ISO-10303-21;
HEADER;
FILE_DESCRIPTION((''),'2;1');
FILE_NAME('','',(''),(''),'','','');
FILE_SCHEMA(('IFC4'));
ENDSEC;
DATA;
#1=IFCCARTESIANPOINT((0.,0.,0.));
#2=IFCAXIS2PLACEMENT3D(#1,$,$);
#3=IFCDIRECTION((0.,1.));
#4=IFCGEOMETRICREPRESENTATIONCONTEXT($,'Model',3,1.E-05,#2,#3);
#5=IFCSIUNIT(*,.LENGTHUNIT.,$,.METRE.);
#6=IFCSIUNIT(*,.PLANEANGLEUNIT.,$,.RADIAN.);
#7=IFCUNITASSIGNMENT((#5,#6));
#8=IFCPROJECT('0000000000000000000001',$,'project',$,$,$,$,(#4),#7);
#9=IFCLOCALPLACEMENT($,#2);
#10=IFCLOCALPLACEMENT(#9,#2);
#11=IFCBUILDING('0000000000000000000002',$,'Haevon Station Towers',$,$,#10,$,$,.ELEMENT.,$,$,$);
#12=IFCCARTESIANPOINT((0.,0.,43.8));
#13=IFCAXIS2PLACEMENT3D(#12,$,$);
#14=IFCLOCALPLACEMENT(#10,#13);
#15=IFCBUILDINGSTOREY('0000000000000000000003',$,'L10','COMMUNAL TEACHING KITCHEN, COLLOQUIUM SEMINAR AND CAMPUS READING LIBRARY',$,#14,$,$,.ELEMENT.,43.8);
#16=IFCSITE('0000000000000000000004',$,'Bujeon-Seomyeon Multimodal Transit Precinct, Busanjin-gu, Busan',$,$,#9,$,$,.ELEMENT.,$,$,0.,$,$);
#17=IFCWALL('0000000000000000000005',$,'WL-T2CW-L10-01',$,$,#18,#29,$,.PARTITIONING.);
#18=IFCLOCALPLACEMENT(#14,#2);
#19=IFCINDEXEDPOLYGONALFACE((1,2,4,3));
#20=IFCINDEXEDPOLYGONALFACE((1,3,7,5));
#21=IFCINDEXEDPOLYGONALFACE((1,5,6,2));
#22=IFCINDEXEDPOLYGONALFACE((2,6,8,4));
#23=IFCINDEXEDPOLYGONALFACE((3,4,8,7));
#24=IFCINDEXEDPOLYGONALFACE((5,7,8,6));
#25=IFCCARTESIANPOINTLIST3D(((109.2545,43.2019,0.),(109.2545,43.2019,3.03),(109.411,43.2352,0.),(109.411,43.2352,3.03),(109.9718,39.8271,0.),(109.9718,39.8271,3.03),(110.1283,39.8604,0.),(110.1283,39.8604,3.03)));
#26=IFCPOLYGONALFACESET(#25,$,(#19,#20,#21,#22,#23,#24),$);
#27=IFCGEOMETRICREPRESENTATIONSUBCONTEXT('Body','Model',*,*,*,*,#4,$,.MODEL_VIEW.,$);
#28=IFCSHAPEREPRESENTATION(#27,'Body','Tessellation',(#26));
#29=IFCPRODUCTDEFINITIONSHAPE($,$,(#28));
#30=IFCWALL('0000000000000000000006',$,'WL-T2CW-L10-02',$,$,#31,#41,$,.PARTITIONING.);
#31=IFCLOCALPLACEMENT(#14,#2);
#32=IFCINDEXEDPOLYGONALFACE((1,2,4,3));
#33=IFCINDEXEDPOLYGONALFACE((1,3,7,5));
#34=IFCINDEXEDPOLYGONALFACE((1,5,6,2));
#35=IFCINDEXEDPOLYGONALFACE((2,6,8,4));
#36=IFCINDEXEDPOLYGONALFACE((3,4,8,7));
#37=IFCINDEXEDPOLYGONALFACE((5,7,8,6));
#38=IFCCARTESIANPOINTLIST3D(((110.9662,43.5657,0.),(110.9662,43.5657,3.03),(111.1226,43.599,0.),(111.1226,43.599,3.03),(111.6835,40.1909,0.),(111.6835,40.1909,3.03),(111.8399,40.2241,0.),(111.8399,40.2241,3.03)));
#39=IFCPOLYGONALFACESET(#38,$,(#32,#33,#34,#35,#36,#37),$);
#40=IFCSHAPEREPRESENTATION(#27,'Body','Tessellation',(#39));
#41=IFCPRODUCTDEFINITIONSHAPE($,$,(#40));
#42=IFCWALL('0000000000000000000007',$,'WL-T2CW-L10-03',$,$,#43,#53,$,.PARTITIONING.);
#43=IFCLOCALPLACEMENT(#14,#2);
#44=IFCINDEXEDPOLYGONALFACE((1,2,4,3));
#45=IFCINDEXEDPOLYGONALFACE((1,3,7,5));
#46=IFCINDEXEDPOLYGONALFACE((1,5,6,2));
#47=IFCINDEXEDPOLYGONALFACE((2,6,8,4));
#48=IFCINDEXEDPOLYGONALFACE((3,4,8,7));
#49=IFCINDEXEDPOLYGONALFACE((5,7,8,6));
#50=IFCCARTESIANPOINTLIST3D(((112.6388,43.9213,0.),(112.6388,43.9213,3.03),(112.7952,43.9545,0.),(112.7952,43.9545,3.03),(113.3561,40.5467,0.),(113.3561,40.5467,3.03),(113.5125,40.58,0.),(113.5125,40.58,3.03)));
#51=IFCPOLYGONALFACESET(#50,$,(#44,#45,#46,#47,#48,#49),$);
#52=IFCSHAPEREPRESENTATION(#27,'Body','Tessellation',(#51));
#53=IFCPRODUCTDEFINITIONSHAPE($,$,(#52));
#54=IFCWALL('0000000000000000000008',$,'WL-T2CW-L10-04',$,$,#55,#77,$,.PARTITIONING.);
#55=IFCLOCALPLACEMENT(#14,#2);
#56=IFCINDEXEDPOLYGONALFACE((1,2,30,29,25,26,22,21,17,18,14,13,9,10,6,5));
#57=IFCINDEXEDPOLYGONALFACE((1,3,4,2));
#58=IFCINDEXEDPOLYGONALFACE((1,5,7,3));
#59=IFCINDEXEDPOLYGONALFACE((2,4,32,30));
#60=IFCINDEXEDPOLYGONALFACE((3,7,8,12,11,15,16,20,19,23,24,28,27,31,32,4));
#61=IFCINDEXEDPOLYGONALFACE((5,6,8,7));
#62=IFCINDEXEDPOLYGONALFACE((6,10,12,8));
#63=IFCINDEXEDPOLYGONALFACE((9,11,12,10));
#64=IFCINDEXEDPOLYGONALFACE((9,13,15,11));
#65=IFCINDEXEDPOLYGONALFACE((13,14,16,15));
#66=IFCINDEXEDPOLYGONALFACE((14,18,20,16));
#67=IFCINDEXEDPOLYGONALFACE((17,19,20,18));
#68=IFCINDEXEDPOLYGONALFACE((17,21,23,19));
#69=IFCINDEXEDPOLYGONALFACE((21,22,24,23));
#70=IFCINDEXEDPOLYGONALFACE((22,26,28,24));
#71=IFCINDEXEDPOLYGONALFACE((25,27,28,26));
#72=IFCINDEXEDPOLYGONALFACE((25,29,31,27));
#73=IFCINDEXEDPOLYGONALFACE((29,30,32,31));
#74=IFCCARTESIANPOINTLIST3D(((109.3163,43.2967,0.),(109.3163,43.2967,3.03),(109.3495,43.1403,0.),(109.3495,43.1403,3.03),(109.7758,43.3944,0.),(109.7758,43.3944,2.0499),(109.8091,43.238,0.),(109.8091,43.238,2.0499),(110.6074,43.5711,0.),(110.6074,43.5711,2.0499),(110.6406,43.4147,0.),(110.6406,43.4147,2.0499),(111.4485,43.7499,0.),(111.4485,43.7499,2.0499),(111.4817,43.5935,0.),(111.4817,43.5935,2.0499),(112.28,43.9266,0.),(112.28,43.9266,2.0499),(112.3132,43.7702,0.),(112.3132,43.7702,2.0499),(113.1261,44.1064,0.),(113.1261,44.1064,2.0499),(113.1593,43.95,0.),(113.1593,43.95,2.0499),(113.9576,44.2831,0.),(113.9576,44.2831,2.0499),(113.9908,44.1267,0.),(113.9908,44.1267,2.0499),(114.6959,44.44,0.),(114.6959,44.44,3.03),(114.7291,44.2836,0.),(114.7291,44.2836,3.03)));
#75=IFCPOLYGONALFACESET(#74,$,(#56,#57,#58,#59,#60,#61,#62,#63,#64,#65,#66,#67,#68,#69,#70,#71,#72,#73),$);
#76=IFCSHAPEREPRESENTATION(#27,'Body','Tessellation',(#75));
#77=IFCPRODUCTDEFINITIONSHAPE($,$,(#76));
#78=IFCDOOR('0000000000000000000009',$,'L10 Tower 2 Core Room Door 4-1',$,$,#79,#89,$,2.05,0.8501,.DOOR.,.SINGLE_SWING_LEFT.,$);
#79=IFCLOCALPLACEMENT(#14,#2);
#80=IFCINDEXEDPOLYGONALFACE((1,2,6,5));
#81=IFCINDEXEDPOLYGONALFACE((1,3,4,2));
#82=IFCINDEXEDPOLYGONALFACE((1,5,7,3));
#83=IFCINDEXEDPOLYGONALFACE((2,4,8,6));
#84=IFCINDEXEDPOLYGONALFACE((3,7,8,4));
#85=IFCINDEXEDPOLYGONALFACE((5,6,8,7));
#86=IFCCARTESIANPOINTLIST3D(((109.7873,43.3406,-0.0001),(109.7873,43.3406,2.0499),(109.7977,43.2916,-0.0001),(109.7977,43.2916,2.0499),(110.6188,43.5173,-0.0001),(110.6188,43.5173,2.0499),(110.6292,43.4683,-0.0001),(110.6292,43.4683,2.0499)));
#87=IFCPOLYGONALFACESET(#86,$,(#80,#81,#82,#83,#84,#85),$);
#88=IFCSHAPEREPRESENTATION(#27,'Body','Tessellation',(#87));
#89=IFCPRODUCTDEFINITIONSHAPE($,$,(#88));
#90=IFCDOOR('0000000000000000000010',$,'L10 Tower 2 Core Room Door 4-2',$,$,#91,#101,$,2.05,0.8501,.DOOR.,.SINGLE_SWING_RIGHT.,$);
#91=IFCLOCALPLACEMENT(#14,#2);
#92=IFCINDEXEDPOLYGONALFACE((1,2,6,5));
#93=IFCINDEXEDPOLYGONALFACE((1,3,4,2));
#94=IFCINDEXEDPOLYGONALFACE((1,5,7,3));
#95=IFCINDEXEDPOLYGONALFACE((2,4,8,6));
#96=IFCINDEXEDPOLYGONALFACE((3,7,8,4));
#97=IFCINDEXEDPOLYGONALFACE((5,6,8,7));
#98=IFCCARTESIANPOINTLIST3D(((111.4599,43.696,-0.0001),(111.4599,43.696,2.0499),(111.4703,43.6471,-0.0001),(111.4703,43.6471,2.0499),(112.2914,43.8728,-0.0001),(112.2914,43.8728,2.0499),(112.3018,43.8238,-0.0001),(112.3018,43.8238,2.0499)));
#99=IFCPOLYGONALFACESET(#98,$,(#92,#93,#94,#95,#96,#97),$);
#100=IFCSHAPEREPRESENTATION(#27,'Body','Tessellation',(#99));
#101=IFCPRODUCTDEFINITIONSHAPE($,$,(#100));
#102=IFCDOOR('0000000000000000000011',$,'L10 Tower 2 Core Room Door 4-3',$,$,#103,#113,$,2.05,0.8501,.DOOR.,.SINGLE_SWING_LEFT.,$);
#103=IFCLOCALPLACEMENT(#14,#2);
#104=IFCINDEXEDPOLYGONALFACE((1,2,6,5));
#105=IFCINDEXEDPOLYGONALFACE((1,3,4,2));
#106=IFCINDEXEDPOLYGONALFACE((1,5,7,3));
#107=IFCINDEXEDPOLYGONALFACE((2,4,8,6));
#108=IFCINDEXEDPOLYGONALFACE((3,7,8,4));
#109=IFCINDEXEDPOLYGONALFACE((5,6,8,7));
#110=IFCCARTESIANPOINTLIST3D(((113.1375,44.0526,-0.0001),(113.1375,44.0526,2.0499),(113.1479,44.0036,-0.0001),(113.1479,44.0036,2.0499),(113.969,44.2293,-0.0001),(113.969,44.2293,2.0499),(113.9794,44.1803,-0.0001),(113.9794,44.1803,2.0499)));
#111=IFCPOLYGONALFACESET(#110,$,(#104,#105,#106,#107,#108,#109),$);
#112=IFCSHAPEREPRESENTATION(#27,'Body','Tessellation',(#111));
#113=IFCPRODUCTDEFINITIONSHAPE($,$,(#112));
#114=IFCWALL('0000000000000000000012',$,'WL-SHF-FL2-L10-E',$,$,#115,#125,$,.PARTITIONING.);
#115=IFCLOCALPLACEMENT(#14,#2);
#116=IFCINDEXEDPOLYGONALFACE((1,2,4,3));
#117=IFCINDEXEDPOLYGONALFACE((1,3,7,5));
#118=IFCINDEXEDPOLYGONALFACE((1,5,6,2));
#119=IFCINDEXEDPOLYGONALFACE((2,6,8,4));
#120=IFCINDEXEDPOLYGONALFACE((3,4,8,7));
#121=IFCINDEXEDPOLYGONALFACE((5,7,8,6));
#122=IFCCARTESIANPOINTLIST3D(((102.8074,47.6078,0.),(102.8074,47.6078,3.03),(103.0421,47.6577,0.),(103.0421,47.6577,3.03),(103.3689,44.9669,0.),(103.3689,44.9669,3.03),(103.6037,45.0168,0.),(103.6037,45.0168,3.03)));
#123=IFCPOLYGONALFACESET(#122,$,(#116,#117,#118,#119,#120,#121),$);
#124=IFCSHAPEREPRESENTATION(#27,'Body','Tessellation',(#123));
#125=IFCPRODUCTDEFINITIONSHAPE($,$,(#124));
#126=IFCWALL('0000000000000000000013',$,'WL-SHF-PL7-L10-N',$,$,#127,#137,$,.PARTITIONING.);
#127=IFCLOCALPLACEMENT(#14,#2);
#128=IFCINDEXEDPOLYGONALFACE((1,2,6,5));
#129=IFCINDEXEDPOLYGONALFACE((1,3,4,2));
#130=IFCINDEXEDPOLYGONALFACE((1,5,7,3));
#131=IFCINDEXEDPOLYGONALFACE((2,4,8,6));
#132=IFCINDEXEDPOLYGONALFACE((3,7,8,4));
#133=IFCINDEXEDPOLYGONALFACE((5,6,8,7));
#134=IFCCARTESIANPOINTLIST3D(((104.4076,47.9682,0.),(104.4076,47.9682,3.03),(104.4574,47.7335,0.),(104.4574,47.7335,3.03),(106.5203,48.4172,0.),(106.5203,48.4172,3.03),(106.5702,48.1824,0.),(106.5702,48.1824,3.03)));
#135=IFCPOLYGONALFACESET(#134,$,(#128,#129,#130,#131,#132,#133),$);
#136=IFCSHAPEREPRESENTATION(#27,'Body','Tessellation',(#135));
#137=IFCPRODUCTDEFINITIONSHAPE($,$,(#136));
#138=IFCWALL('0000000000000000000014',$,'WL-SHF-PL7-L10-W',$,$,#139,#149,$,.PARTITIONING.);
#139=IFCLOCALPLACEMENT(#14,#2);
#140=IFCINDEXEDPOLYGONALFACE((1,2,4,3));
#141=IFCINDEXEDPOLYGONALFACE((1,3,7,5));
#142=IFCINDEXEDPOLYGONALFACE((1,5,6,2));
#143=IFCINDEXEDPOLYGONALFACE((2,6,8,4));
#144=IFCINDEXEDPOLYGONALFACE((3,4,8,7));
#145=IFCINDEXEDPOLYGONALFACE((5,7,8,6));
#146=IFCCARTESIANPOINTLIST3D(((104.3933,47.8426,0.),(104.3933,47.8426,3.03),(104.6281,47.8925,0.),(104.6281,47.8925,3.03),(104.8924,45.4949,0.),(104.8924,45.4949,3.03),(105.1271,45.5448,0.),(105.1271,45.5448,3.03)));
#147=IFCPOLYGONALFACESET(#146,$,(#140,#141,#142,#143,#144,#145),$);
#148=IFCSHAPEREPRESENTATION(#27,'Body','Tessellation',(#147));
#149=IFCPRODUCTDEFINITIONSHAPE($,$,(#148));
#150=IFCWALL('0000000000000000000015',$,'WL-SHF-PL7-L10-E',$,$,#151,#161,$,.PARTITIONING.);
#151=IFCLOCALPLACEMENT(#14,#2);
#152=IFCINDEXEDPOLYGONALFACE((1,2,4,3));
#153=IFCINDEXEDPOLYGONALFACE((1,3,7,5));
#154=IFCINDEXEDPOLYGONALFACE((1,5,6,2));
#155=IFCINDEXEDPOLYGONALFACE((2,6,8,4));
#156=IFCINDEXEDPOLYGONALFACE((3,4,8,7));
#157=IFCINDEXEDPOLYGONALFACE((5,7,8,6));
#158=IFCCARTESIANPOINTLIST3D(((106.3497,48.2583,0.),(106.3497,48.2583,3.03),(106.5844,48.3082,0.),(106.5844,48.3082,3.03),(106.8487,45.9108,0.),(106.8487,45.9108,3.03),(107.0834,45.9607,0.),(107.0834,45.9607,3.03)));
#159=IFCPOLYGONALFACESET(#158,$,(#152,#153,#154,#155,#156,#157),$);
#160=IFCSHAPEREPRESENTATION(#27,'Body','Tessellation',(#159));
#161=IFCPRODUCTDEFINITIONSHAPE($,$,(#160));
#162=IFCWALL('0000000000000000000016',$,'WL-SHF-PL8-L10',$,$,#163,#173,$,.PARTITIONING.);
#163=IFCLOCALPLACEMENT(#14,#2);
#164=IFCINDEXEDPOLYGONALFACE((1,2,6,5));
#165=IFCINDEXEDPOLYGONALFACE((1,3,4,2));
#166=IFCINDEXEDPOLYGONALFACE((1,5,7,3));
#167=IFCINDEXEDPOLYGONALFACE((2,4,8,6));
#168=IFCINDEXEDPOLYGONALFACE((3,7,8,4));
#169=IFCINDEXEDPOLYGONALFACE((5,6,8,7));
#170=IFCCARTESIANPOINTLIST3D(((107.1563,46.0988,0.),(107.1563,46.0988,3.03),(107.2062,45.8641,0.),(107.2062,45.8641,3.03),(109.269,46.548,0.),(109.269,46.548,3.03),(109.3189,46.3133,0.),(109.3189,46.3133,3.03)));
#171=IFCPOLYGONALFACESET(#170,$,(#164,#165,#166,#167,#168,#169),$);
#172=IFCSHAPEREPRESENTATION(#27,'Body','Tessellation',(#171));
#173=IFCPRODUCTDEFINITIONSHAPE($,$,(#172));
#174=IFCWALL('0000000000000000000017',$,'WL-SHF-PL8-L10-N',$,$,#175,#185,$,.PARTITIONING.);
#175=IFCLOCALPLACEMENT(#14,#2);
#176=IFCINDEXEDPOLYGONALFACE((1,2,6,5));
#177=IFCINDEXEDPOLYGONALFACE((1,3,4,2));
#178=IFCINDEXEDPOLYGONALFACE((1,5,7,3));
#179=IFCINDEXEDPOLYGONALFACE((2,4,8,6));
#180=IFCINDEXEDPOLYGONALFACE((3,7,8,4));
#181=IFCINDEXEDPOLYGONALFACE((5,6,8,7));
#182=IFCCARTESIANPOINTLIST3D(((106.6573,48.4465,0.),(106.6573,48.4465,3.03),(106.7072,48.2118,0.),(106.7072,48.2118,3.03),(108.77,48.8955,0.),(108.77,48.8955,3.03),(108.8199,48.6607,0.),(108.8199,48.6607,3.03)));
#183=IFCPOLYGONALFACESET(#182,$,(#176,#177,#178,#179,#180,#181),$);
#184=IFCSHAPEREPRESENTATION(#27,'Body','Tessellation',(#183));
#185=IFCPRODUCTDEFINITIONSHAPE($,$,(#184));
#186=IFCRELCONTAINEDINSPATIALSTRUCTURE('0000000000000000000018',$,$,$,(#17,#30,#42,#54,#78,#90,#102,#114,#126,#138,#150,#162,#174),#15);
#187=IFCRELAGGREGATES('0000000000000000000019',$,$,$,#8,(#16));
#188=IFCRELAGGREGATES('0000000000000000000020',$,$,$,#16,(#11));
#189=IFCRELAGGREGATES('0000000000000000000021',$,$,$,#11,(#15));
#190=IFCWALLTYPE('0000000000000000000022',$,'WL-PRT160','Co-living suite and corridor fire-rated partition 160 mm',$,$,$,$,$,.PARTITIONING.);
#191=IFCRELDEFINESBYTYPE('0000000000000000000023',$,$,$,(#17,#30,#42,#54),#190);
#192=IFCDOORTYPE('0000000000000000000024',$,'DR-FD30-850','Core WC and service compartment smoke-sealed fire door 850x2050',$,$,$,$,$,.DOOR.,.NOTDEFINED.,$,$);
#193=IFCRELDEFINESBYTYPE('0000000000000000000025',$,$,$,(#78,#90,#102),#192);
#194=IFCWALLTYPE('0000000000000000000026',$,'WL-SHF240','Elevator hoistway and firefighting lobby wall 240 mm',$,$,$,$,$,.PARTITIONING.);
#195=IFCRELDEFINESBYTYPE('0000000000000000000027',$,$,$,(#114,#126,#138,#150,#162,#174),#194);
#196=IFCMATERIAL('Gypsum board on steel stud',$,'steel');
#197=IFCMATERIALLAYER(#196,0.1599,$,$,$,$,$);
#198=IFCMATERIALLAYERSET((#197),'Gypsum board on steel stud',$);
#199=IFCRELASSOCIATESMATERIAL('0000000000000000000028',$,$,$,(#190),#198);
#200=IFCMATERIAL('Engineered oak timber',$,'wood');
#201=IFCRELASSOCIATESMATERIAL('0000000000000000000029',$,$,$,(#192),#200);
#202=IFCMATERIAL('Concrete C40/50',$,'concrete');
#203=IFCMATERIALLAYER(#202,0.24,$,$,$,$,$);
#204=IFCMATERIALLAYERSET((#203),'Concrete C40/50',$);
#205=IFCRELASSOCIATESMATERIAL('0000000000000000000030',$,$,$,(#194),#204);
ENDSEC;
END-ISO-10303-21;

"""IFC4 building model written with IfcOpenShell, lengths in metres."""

from ifc_helpers import new_model, si_unit, direction, frame, frame_2d, origin, place, context, subcontext, project, spatial, rectangle, extrude, material, layer, layer_set, type_object, element, fill, save


model = new_model("IFC4")

# Units and contexts
model_context = context("Model", 3, precision=1e-05, world=origin(), true_north=direction((0.0, 1.0)))
body_context = subcontext(model_context, "Body", "Model", "MODEL_VIEW")
ifc_project = project(units=[si_unit("LENGTHUNIT", "METRE"), si_unit("PLANEANGLEUNIT", "RADIAN")], contexts=[model_context])

# Site, building, storey
site_placement = place(None, origin())
site = spatial("IfcSite", under=ifc_project, at=site_placement, Name="Bujeon-Seomyeon Multimodal Transit Precinct, Busanjin-gu, Busan", CompositionType="ELEMENT", RefElevation=0.0)
building_placement = place(site_placement, origin())
building = spatial("IfcBuilding", under=site, at=building_placement, Name="Haevon Station Towers", CompositionType="ELEMENT")
storey_placement = place(building_placement, frame((0.0, 0.0, 43.8)))
storey = spatial("IfcBuildingStorey", under=building, at=storey_placement, Name="L10", Description="COMMUNAL TEACHING KITCHEN, COLLOQUIUM SEMINAR AND CAMPUS READING LIBRARY", CompositionType="ELEMENT", Elevation=43.8)

# Shared definitions
ifc_material_1 = material(Name="Gypsum board on steel stud", Category="steel")
ifc_material_2 = material(Name="Engineered oak timber", Category="wood")

# Walls
ifc_layer_1 = layer(ifc_material_1, 0.1599)
ifc_layer_set_1 = layer_set([ifc_layer_1], Name="Gypsum board on steel stud")
wall_type_1 = type_object("IfcWallType", Name="WL-PRT160", Description="Co-living suite and corridor fire-rated partition 160 mm", PredefinedType="PARTITIONING", material=ifc_layer_set_1)
for number, where, z_axis, x_axis, name in (
    (1, (110.05, 39.8438, 0.0), (0.0, 0.0, 1.0), (-0.2079, 0.97815, 0.0), "WL-T2CW-L10-01"),
    (2, (111.7617, 40.2075, 0.0), (0.0, 0.0, 1.0), (-0.2079, 0.97815, 0.0), "WL-T2CW-L10-02"),
):
    element("IfcWall", number, at=place(storey_placement, frame(where, z_axis=z_axis, x_axis=x_axis)), inside=storey, type_object=wall_type_1, Name=name, PredefinedType="PARTITIONING", context=body_context, shape_type="SweptSolid", body=[
        extrude(rectangle(XDim=3.4502, YDim=0.1599, at=frame_2d((1.7251, 0.0))), origin(), (0.0, 0.0, 1.0), 3.03),
    ])
wall_1_placement = place(storey_placement, frame((113.4343, 40.5632, 0.0), z_axis=(0.0, 0.0, 1.0), x_axis=(-0.207915, 0.978147, 0.0)))
element("IfcWall", 3, at=wall_1_placement, inside=storey, type_object=wall_type_1, Name="WL-T2CW-L10-03", PredefinedType="PARTITIONING", context=body_context, shape_type="SweptSolid", body=[
    extrude(rectangle(XDim=3.45, YDim=0.1599, at=frame_2d((1.7251, 0.0))), origin(), (0.0, 0.0, 1.0), 3.03),
])

# Wall, openings, doors
wall_2_placement = place(storey_placement, frame((109.3328, 43.2185, 0.0), z_axis=(0.0, 0.0, 1.0), x_axis=(0.978154, 0.207883, 0.0)))
wall_2 = element("IfcWall", 4, at=wall_2_placement, inside=storey, type_object=wall_type_1, Name="WL-T2CW-L10-04", PredefinedType="PARTITIONING", context=body_context, shape_type="SweptSolid", body=[
    extrude(rectangle(XDim=5.4998, YDim=0.1599, at=frame_2d((2.75, 0.0))), origin(), (0.0, 0.0, 1.0), 3.03),
])
opening_1_placement = place(wall_2_placement, frame((0.47, 0.0, 0.0)))
opening_1 = element("IfcOpeningElement", 5, at=opening_1_placement, cuts=wall_2, PredefinedType="OPENING", context=body_context, shape_type="SweptSolid", body=[
    extrude(rectangle(XDim=0.8501, YDim=2.05, at=frame_2d((0.425, 1.0249))), frame((0.0, 0.0898, 0.0), z_axis=(0.0, -1.0, 0.0), x_axis=(1.0, 0.0, 0.0)), (0.0, 0.0, 1.0), 0.1799),
])
opening_2_placement = place(wall_2_placement, frame((2.1799, 0.0, 0.0)))
opening_2 = element("IfcOpeningElement", 6, at=opening_2_placement, cuts=wall_2, PredefinedType="OPENING", context=body_context, shape_type="SweptSolid", body=[
    extrude(rectangle(XDim=0.8501, YDim=2.05, at=frame_2d((0.425, 1.0249))), frame((0.0, 0.0898, 0.0), z_axis=(0.0, -1.0, 0.0), x_axis=(1.0, 0.0, 0.0)), (0.0, 0.0, 1.0), 0.1799),
])
opening_3_placement = place(wall_2_placement, frame((3.895, 0.0, 0.0)))
opening_3 = element("IfcOpeningElement", 7, at=opening_3_placement, cuts=wall_2, PredefinedType="OPENING", context=body_context, shape_type="SweptSolid", body=[
    extrude(rectangle(XDim=0.8501, YDim=2.05, at=frame_2d((0.425, 1.0249))), frame((0.0, 0.0898, 0.0), z_axis=(0.0, -1.0, 0.0), x_axis=(1.0, 0.0, 0.0)), (0.0, 0.0, 1.0), 0.1799),
])
door_type_1 = type_object("IfcDoorType", Name="DR-FD30-850", Description="Core WC and service compartment smoke-sealed fire door 850x2050", OperationType="NOTDEFINED", PredefinedType="DOOR", material=ifc_material_2)
door_1_placement = place(opening_1_placement, origin())
door_1 = element("IfcDoor", 8, at=door_1_placement, inside=storey, type_object=door_type_1, Name="L10 Tower 2 Core Room Door 4-1", OperationType="SINGLE_SWING_LEFT", OverallHeight=2.05, OverallWidth=0.8501, PredefinedType="DOOR", context=body_context, shape_type="SweptSolid", body=[
    extrude(rectangle(XDim=0.8501, YDim=2.05, at=frame_2d((0.425, 1.0249))), frame((0.0, 0.0249, 0.0), z_axis=(0.0, -1.0, 0.0), x_axis=(1.0, 0.0, 0.0)), (0.0, 0.0, 1.0), 0.05),
])
fill(opening_1, door_1)
door_2_placement = place(opening_2_placement, origin())
door_2 = element("IfcDoor", 9, at=door_2_placement, inside=storey, type_object=door_type_1, Name="L10 Tower 2 Core Room Door 4-2", OperationType="SINGLE_SWING_RIGHT", OverallHeight=2.05, OverallWidth=0.8501, PredefinedType="DOOR", context=body_context, shape_type="SweptSolid", body=[
    extrude(rectangle(XDim=0.8501, YDim=2.05, at=frame_2d((0.425, 1.0249))), frame((0.0, 0.0249, 0.0), z_axis=(0.0, -1.0, 0.0), x_axis=(1.0, 0.0, 0.0)), (0.0, 0.0, 1.0), 0.05),
])
fill(opening_2, door_2)
door_3_placement = place(opening_3_placement, origin())
door_3 = element("IfcDoor", 10, at=door_3_placement, inside=storey, type_object=door_type_1, Name="L10 Tower 2 Core Room Door 4-3", OperationType="SINGLE_SWING_LEFT", OverallHeight=2.05, OverallWidth=0.8501, PredefinedType="DOOR", context=body_context, shape_type="SweptSolid", body=[
    extrude(rectangle(XDim=0.8501, YDim=2.05, at=frame_2d((0.425, 1.0249))), frame((0.0, 0.0249, 0.0), z_axis=(0.0, -1.0, 0.0), x_axis=(1.0, 0.0, 0.0)), (0.0, 0.0, 1.0), 0.05),
])
fill(opening_3, door_3)

# Wall
ifc_material_3 = material(Name="Concrete C40/50", Category="concrete")
ifc_layer_2 = layer(ifc_material_3, 0.24)
ifc_layer_set_2 = layer_set([ifc_layer_2], Name="Concrete C40/50")
wall_type_2 = type_object("IfcWallType", Name="WL-SHF240", Description="Elevator hoistway and firefighting lobby wall 240 mm", PredefinedType="PARTITIONING", material=ifc_layer_set_2)
wall_3_placement = place(storey_placement, frame((103.4863, 44.9917, 0.0), z_axis=(0.0, 0.0, 1.0), x_axis=(-0.207979, 0.978133, 0.0)))
element("IfcWall", 11, at=wall_3_placement, inside=storey, type_object=wall_type_2, Name="WL-SHF-FL2-L10-E", PredefinedType="PARTITIONING", context=body_context, shape_type="SweptSolid", body=[
    extrude(rectangle(XDim=2.7, YDim=0.24, at=frame_2d((1.3501, 0.0))), origin(), (0.0, 0.0, 1.0), 3.03),
])

# Walls
wall_4_placement = place(storey_placement, frame((104.4324, 47.8508, 0.0), z_axis=(0.0, 0.0, 1.0), x_axis=(0.978158, 0.207861, 0.0)))
element("IfcWall", 12, at=wall_4_placement, inside=storey, type_object=wall_type_2, Name="WL-SHF-PL7-L10-N", PredefinedType="PARTITIONING", context=body_context, shape_type="SweptSolid", body=[
    extrude(rectangle(XDim=2.1599, YDim=0.24, at=frame_2d((1.0801, 0.0))), origin(), (0.0, 0.0, 1.0), 3.03),
])
wall_5_placement = place(storey_placement, frame((105.0098, 45.5198, 0.0), z_axis=(0.0, 0.0, 1.0), x_axis=(-0.207917, 0.978146, 0.0)))
element("IfcWall", 13, at=wall_5_placement, inside=storey, type_object=wall_type_2, Name="WL-SHF-PL7-L10-W", PredefinedType="PARTITIONING", context=body_context, shape_type="SweptSolid", body=[
    extrude(rectangle(XDim=2.4001, YDim=0.24, at=frame_2d((1.2002, 0.0))), origin(), (0.0, 0.0, 1.0), 3.03),
])
wall_6_placement = place(storey_placement, frame((106.9661, 45.9358, 0.0), z_axis=(0.0, 0.0, 1.0), x_axis=(-0.207938, 0.978142, 0.0)))
element("IfcWall", 14, at=wall_6_placement, inside=storey, type_object=wall_type_2, Name="WL-SHF-PL7-L10-E", PredefinedType="PARTITIONING", context=body_context, shape_type="SweptSolid", body=[
    extrude(rectangle(XDim=2.3999, YDim=0.24, at=frame_2d((1.2, 0.0))), origin(), (0.0, 0.0, 1.0), 3.03),
])
for number, where, z_axis, x_axis, name in (
    (15, (107.1812, 45.9814, 0.0), (0.0, 0.0, 1.0), (0.978135, 0.20797, 0.0), "WL-SHF-PL8-L10"),
    (16, (106.6821, 48.3291, 0.0), (0.0, 0.0, 1.0), (0.978158, 0.207861, 0.0), "WL-SHF-PL8-L10-N"),
):
    element("IfcWall", number, at=place(storey_placement, frame(where, z_axis=z_axis, x_axis=x_axis)), inside=storey, type_object=wall_type_2, Name=name, PredefinedType="PARTITIONING", context=body_context, shape_type="SweptSolid", body=[
        extrude(rectangle(XDim=2.1599, YDim=0.24, at=frame_2d((1.0801, 0.0))), origin(), (0.0, 0.0, 1.0), 3.03),
    ])

save(model, "model.ifc")
